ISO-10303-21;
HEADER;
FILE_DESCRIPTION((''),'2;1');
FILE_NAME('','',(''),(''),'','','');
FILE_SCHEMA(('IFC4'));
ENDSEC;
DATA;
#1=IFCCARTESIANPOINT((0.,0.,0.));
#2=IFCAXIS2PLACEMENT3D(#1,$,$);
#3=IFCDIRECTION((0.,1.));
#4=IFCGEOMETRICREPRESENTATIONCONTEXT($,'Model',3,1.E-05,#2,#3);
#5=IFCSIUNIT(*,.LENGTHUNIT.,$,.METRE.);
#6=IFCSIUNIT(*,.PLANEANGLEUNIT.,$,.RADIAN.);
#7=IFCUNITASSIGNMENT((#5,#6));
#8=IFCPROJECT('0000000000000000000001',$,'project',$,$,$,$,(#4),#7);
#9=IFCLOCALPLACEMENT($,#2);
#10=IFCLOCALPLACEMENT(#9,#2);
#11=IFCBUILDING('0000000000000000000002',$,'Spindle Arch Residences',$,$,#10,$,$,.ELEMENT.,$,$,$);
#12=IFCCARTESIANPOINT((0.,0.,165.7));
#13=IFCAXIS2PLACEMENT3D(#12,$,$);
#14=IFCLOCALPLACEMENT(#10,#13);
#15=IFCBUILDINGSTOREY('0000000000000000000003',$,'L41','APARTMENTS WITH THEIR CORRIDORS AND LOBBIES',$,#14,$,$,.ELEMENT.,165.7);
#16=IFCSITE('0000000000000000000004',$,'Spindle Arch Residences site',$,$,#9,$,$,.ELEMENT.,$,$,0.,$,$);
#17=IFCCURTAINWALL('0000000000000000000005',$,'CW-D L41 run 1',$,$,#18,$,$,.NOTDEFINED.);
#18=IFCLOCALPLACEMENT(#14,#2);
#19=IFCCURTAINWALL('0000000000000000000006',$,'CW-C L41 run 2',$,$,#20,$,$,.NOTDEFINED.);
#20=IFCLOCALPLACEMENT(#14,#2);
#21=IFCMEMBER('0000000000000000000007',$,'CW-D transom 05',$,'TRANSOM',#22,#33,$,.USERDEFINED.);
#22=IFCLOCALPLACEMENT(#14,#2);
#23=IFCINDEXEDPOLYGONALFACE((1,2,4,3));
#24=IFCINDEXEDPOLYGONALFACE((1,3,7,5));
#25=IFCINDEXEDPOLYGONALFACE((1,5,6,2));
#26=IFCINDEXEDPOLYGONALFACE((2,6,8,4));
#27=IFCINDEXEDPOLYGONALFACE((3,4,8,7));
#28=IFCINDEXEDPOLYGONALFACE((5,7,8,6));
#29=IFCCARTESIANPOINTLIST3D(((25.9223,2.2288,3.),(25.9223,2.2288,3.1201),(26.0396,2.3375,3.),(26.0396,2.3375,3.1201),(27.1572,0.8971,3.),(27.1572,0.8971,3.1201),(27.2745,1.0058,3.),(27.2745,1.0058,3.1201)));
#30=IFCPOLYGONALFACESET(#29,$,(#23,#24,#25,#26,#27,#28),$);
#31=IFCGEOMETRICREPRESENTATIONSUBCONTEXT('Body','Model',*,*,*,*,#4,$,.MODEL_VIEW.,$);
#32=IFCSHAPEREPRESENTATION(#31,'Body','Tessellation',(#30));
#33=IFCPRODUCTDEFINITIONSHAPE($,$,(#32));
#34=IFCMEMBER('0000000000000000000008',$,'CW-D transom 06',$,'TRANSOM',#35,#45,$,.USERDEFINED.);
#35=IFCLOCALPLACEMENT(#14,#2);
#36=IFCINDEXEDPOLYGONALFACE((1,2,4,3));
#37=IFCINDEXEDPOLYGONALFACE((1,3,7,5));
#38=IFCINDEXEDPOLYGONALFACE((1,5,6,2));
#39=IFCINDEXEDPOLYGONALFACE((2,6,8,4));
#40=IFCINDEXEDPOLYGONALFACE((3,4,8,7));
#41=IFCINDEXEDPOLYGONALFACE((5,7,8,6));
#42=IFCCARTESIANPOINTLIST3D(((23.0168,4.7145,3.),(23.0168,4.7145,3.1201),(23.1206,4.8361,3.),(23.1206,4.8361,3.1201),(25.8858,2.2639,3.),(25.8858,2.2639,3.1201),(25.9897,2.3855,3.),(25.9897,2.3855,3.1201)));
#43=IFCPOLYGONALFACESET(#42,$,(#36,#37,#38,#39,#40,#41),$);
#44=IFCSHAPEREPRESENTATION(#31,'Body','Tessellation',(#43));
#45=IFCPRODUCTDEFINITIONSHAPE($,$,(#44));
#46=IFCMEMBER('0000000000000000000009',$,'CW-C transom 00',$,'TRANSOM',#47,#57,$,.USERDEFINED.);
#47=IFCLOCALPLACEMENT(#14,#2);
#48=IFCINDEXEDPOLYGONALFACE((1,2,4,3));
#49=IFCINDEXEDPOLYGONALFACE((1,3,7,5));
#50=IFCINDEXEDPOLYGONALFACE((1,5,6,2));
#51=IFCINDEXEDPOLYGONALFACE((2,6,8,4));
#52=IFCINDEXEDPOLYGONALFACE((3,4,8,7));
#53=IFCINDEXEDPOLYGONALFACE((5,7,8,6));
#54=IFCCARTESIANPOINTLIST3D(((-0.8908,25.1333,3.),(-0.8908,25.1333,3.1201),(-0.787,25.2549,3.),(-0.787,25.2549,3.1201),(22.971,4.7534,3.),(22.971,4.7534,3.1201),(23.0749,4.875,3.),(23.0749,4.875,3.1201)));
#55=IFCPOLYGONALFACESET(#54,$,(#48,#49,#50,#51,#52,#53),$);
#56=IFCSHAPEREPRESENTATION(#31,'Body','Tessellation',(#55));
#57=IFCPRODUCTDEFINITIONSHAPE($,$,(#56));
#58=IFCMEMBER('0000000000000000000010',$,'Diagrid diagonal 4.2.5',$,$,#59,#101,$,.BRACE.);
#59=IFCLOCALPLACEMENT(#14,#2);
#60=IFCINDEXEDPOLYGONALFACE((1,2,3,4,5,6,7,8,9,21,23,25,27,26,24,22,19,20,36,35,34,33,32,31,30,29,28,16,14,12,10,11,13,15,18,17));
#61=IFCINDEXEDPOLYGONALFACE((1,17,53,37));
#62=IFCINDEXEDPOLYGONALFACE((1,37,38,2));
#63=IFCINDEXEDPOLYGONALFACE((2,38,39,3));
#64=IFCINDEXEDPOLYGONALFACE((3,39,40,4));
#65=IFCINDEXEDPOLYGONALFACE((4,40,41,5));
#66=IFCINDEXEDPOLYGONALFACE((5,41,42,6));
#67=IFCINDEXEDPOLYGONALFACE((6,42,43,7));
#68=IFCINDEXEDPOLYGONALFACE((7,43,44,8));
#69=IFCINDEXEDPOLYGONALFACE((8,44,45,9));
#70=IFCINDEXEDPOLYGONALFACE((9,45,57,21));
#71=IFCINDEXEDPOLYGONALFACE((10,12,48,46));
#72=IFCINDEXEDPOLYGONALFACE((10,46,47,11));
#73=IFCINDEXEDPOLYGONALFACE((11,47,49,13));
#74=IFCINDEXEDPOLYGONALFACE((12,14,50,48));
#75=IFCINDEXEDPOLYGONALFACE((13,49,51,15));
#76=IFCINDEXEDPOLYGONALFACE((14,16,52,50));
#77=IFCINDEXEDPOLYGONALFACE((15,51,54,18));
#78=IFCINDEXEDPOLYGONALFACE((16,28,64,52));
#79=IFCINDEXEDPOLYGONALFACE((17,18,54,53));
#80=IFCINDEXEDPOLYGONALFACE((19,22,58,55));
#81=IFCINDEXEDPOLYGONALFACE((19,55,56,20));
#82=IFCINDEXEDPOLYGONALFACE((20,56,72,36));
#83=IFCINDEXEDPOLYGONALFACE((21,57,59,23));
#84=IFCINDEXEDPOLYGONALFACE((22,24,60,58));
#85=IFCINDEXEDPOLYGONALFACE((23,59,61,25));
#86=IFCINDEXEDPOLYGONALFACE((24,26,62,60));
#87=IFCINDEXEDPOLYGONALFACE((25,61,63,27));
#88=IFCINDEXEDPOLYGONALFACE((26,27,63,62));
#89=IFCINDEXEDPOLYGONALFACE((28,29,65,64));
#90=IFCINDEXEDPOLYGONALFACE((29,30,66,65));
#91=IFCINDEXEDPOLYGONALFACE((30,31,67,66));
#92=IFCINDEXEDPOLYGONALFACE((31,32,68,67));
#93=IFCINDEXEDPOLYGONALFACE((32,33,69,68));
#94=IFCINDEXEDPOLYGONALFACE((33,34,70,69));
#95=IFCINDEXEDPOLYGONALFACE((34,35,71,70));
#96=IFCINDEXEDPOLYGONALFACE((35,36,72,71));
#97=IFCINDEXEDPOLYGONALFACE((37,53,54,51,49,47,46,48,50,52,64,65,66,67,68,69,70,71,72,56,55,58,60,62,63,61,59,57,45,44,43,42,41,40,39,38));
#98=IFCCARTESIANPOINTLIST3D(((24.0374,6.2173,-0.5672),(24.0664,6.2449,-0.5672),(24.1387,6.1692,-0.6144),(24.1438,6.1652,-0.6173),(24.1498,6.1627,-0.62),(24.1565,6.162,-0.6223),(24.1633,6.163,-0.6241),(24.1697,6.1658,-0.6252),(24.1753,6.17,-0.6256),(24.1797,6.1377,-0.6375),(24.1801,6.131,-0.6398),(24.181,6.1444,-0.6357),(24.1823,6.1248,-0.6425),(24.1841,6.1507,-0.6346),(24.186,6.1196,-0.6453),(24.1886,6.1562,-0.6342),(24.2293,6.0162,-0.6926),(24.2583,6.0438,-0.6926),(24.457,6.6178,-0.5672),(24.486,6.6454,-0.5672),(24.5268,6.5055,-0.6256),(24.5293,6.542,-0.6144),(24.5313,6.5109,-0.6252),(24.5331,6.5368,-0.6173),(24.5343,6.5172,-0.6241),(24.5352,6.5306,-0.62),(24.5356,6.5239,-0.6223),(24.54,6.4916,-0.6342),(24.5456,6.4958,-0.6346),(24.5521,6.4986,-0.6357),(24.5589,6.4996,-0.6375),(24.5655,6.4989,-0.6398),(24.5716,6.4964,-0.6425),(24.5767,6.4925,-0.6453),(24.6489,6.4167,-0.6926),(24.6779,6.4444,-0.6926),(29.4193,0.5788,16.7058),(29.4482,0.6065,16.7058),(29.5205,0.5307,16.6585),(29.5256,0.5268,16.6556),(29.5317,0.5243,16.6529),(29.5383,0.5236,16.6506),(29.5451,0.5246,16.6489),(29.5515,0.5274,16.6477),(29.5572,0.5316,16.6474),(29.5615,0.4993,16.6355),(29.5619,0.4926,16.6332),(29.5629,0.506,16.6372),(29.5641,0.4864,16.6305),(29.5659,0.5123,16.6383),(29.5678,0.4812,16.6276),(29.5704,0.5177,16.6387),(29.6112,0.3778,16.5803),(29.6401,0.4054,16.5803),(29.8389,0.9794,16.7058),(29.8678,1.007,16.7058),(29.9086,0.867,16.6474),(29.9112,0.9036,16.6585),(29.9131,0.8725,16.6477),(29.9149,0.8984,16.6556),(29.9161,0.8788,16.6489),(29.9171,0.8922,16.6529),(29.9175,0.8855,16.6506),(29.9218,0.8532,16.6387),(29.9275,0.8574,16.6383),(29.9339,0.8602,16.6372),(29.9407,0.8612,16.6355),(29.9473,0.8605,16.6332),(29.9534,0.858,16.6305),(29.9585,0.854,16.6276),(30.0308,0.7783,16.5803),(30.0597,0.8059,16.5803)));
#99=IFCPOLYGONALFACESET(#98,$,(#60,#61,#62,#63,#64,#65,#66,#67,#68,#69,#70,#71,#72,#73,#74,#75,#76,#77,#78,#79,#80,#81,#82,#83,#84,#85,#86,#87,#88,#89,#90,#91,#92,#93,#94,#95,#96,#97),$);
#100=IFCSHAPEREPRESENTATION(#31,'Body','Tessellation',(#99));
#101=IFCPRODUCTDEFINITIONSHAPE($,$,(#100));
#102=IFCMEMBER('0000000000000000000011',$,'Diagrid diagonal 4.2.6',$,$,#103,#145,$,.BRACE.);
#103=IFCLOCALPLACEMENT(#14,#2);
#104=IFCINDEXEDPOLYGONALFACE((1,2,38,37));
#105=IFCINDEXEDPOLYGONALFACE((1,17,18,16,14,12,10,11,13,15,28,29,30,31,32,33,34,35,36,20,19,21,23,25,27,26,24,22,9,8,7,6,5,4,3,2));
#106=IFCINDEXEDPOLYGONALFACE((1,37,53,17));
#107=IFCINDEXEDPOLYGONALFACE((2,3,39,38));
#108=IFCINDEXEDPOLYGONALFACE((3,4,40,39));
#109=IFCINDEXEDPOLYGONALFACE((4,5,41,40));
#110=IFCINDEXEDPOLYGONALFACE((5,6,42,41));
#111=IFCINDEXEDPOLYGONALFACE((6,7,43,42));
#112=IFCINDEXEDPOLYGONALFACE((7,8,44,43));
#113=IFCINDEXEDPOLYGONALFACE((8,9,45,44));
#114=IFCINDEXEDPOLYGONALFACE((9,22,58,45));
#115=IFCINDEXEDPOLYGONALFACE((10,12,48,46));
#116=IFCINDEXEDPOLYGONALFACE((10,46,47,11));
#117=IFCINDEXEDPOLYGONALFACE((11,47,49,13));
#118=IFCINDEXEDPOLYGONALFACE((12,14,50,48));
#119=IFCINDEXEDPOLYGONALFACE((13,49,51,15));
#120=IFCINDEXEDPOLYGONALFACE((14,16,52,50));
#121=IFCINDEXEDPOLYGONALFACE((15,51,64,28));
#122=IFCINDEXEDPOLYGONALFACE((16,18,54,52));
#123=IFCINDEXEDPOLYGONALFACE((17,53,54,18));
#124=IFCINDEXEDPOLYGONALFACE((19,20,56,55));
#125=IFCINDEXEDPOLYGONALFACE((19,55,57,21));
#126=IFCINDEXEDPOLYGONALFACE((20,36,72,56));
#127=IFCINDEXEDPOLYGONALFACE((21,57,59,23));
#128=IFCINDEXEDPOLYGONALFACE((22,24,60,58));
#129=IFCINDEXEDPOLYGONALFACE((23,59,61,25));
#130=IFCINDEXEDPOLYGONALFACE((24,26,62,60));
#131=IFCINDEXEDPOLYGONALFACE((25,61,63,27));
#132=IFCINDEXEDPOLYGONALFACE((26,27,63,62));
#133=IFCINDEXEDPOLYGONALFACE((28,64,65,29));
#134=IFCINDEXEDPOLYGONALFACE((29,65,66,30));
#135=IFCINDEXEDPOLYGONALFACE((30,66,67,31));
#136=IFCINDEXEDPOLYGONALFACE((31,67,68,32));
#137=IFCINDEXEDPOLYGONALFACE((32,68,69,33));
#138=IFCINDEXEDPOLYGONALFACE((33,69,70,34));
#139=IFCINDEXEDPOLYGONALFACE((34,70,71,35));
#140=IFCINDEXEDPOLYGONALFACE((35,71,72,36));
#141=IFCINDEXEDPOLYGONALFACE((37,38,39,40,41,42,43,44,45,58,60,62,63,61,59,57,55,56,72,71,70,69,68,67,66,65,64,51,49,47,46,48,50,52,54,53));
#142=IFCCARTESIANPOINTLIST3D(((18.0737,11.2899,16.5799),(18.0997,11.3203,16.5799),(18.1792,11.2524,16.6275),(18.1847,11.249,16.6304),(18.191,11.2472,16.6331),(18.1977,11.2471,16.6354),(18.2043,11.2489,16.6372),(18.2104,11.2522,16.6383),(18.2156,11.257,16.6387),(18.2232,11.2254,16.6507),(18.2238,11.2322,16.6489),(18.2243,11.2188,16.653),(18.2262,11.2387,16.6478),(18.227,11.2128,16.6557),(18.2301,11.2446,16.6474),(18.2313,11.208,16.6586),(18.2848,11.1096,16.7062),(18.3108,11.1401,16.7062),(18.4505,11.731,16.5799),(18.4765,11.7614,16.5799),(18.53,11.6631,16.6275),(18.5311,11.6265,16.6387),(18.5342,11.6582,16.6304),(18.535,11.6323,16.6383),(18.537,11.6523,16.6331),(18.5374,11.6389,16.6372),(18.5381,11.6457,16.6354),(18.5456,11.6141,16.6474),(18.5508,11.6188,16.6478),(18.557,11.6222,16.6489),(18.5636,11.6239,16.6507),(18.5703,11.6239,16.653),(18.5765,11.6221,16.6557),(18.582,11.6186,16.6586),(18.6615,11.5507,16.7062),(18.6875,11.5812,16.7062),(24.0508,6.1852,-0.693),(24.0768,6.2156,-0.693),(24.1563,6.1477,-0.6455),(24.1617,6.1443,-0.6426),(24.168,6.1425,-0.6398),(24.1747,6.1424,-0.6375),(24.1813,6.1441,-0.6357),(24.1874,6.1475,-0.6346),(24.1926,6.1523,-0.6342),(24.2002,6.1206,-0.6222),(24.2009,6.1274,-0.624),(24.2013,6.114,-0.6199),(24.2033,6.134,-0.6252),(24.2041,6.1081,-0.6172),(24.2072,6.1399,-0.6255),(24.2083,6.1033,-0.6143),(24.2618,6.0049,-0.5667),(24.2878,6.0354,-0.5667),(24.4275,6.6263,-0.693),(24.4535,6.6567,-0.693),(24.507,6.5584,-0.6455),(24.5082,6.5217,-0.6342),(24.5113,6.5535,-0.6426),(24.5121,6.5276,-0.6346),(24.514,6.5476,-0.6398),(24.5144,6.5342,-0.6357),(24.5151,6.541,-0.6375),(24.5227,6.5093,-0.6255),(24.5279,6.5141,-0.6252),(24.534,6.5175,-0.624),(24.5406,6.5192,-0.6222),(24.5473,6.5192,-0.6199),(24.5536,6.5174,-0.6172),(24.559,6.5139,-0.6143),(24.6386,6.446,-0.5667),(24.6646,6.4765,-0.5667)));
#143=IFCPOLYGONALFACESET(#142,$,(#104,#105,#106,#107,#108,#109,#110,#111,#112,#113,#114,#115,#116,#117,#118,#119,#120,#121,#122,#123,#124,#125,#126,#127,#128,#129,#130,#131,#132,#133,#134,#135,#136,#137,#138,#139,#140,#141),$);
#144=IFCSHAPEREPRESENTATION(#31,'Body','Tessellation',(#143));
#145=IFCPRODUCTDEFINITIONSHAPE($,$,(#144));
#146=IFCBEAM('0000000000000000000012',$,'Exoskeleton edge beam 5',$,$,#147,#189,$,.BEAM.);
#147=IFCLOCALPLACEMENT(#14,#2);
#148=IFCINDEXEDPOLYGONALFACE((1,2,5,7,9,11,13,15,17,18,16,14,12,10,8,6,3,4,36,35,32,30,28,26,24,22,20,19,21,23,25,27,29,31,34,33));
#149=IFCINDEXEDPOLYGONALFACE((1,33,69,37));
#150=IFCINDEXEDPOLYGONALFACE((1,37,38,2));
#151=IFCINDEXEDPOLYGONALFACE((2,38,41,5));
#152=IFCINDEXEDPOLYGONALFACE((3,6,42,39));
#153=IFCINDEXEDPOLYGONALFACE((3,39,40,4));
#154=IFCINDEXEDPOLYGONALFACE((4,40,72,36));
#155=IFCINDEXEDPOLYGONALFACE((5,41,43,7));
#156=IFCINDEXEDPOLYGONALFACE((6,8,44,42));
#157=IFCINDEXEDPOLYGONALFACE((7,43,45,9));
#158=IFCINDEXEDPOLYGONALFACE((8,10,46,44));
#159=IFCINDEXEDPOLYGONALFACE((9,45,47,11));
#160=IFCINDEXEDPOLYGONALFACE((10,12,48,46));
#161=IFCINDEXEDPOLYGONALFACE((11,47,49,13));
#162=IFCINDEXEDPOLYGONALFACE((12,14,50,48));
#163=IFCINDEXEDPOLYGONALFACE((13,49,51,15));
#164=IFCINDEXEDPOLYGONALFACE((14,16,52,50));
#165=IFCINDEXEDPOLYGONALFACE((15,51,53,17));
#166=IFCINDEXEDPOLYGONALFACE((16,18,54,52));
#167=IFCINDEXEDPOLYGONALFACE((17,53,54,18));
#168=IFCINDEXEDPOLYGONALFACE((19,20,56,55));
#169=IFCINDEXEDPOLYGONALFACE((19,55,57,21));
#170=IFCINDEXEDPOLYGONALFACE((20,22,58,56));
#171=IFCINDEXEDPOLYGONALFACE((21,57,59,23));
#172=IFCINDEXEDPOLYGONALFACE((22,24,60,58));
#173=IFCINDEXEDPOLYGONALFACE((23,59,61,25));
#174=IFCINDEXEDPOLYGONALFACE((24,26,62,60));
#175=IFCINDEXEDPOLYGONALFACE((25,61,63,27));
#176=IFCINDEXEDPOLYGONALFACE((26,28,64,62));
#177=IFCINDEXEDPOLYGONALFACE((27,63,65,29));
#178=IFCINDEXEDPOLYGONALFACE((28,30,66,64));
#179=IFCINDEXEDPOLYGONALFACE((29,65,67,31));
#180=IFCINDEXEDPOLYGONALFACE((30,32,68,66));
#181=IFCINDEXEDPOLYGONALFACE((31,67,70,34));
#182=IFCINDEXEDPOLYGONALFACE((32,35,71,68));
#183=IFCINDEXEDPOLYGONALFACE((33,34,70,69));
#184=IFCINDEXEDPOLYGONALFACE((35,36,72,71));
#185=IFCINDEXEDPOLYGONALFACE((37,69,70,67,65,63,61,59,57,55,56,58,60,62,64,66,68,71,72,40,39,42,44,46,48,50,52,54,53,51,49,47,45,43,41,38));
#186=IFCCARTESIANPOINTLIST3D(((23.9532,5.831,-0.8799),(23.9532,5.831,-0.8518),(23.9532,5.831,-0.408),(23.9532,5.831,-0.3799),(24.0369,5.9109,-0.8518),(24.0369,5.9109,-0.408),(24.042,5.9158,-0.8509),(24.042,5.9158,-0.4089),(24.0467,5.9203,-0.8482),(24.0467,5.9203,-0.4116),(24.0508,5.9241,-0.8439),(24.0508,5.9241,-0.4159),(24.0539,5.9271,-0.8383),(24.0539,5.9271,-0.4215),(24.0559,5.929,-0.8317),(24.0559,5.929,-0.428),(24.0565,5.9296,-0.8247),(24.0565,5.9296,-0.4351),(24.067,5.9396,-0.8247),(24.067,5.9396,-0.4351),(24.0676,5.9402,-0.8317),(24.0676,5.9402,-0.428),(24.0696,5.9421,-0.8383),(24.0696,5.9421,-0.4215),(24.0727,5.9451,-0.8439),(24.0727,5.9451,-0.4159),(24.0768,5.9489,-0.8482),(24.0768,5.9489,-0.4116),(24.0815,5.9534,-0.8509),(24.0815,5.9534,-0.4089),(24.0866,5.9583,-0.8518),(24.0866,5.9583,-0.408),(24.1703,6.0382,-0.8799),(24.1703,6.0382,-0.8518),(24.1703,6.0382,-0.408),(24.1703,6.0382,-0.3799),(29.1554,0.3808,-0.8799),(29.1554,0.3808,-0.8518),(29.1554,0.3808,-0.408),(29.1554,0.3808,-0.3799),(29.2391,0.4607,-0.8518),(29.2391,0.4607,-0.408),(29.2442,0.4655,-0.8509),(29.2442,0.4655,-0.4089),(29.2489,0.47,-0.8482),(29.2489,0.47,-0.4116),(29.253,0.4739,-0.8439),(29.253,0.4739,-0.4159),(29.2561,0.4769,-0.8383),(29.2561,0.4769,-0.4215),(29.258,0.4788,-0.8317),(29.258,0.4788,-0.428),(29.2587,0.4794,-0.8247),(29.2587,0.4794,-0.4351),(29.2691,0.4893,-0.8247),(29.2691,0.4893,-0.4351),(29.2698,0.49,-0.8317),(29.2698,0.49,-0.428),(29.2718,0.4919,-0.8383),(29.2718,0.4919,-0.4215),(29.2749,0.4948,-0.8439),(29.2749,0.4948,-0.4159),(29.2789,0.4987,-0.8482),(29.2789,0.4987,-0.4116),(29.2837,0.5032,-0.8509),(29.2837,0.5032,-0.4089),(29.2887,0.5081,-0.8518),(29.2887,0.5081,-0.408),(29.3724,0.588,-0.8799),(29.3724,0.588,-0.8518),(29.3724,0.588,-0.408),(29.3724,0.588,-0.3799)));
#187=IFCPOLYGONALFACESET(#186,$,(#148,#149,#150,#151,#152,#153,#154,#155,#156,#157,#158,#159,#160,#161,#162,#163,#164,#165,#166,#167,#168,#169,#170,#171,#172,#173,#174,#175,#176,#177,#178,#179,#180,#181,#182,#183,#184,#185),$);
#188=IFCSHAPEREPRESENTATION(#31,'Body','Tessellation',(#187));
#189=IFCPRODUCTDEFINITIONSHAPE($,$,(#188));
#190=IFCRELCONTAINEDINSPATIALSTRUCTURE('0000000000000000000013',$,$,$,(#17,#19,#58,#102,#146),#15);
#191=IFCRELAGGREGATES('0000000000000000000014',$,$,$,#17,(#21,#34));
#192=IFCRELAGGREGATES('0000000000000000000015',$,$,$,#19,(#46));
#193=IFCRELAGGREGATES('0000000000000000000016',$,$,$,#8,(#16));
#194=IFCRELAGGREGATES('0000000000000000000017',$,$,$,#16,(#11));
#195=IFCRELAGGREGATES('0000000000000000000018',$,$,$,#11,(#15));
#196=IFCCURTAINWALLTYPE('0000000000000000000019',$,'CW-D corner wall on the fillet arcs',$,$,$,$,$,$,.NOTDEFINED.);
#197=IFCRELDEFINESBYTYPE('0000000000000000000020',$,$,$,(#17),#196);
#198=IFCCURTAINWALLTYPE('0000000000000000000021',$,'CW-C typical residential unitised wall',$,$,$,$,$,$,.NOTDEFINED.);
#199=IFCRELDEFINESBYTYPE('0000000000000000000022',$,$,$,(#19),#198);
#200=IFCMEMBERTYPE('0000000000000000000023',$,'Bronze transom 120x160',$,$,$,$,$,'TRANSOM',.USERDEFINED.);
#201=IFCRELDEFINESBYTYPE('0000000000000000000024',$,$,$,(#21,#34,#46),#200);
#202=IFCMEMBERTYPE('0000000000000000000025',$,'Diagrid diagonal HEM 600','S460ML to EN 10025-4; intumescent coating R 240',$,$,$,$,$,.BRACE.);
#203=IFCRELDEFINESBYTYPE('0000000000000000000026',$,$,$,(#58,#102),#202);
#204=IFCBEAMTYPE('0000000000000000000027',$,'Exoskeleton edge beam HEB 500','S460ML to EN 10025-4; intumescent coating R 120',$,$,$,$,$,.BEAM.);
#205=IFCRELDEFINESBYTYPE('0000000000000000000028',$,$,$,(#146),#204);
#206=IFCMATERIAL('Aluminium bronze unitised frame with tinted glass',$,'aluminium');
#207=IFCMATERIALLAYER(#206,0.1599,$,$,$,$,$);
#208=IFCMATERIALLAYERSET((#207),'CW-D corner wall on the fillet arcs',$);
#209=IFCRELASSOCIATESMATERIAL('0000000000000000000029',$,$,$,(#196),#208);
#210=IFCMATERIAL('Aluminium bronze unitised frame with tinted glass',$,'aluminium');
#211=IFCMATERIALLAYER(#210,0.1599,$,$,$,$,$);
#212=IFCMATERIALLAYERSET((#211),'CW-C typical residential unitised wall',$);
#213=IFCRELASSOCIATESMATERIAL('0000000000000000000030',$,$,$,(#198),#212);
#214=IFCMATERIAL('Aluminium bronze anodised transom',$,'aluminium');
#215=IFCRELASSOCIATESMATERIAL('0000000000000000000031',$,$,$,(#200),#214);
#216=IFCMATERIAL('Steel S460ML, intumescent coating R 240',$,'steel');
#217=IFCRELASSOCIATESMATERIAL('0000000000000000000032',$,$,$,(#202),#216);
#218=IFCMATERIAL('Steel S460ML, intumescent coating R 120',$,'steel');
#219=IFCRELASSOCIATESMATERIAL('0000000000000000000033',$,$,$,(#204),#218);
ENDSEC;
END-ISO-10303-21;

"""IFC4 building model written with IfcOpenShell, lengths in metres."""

from ifc_helpers import new_model, si_unit, direction, frame, origin, origin_2d, place, context, subcontext, project, spatial, rectangle, i_section, extrude, material, layer, layer_set, material_profile, profile_set, type_object, element, aggregate, save


model = new_model("IFC4")

# Units and contexts
model_context = context("Model", 3, precision=1e-05, world=origin(), true_north=direction((0.0, 1.0)))
body_context = subcontext(model_context, "Body", "Model", "MODEL_VIEW")
ifc_project = project(units=[si_unit("LENGTHUNIT", "METRE"), si_unit("PLANEANGLEUNIT", "RADIAN")], contexts=[model_context])

# Site, building, storey
site_placement = place(None, origin())
site = spatial("IfcSite", under=ifc_project, at=site_placement, Name="Spindle Arch Residences site", CompositionType="ELEMENT", RefElevation=0.0)
building_placement = place(site_placement, origin())
building = spatial("IfcBuilding", under=site, at=building_placement, Name="Spindle Arch Residences", CompositionType="ELEMENT")
storey_placement = place(building_placement, frame((0.0, 0.0, 165.7)))
storey = spatial("IfcBuildingStorey", under=building, at=storey_placement, Name="L41", Description="APARTMENTS WITH THEIR CORRIDORS AND LOBBIES", CompositionType="ELEMENT", Elevation=165.7)

# Curtain walls
ifc_material_1 = material(Name="Aluminium bronze unitised frame with tinted glass", Category="aluminium")
ifc_layer_1 = layer(ifc_material_1, 0.1599)
ifc_layer_set_1 = layer_set([ifc_layer_1], Name="CW-D corner wall on the fillet arcs")
curtain_wall_type_1 = type_object("IfcCurtainWallType", Name="CW-D corner wall on the fillet arcs", PredefinedType="NOTDEFINED", material=ifc_layer_set_1)
curtain_wall_1_placement = place(storey_placement, origin())
curtain_wall_1 = element("IfcCurtainWall", 1, at=curtain_wall_1_placement, inside=storey, type_object=curtain_wall_type_1, Name="CW-D L41 run 1", PredefinedType="NOTDEFINED")
ifc_material_2 = material(Name="Aluminium bronze unitised frame with tinted glass", Category="aluminium")
ifc_layer_2 = layer(ifc_material_2, 0.1599)
ifc_layer_set_2 = layer_set([ifc_layer_2], Name="CW-C typical residential unitised wall")
curtain_wall_type_2 = type_object("IfcCurtainWallType", Name="CW-C typical residential unitised wall", PredefinedType="NOTDEFINED", material=ifc_layer_set_2)
curtain_wall_2_placement = place(storey_placement, origin())
curtain_wall_2 = element("IfcCurtainWall", 2, at=curtain_wall_2_placement, inside=storey, type_object=curtain_wall_type_2, Name="CW-C L41 run 2", PredefinedType="NOTDEFINED")

# Members
ifc_material_3 = material(Name="Aluminium bronze anodised transom", Category="aluminium")
ifc_material_profile_1 = material_profile(ifc_material_3, rectangle(XDim=0.1599, YDim=0.1201, at=origin_2d()), Name="TR 120x160")
ifc_profile_set_1 = profile_set([ifc_material_profile_1], Name="Aluminium bronze anodised transom")
member_type_1 = type_object("IfcMemberType", Name="Bronze transom 120x160", ElementType="TRANSOM", PredefinedType="USERDEFINED", material=ifc_profile_set_1)
member_1_placement = place(storey_placement, frame((27.2158, 0.9514, 3.0601), z_axis=(-0.67992, 0.733286, 0.0), x_axis=(-0.733286, -0.67992, 0.0)))
member_1 = element("IfcMember", 3, at=member_1_placement, type_object=member_type_1, Name="CW-D transom 05", ObjectType="TRANSOM", PredefinedType="USERDEFINED", context=body_context, shape_type="SweptSolid", body=[
    extrude(rectangle(XDim=0.1599, YDim=0.1201, at=origin_2d()), origin(), (0.0, 0.0, 1.0), 1.8162),
])
member_2_placement = place(storey_placement, frame((25.9377, 2.3247, 3.0601), z_axis=(-0.760379, 0.64948, 0.0), x_axis=(-0.64948, -0.760379, 0.0)))
member_2 = element("IfcMember", 4, at=member_2_placement, type_object=member_type_1, Name="CW-D transom 06", ObjectType="TRANSOM", PredefinedType="USERDEFINED", context=body_context, shape_type="SweptSolid", body=[
    extrude(rectangle(XDim=0.1599, YDim=0.1201, at=origin_2d()), origin(), (0.0, 0.0, 1.0), 3.7732),
])
member_3_placement = place(storey_placement, frame((23.0229, 4.8142, 3.0601), z_axis=(-0.760406, 0.649447, 0.0), x_axis=(-0.649447, -0.760406, 0.0)))
member_3 = element("IfcMember", 5, at=member_3_placement, type_object=member_type_1, Name="CW-C transom 00", ObjectType="TRANSOM", PredefinedType="USERDEFINED", context=body_context, shape_type="SweptSolid", body=[
    extrude(rectangle(XDim=0.1599, YDim=0.1201, at=origin_2d()), origin(), (0.0, 0.0, 1.0), 31.3804),
])

# Members
ifc_material_4 = material(Name="Steel S460ML, intumescent coating R 240", Category="steel")
ifc_material_profile_2 = material_profile(ifc_material_4, i_section(OverallWidth=0.3049, OverallDepth=0.6201, WebThickness=0.021, FlangeThickness=0.04, FilletRadius=0.0271, at=origin_2d()), Name="HEM 600")
ifc_profile_set_2 = profile_set([ifc_material_profile_2], Name="Steel S460ML, intumescent coating R 240")
member_type_2 = type_object("IfcMemberType", Name="Diagrid diagonal HEM 600", Description="S460ML to EN 10025-4; intumescent coating R 240", PredefinedType="BRACE", material=ifc_profile_set_2)
member_4_placement = place(storey_placement, frame((24.3577, 6.3308, -0.6299), z_axis=(0.283999, -0.297539, 0.911491), x_axis=(-0.629344, 0.659349, 0.411321)))
element("IfcMember", 6, at=member_4_placement, inside=storey, type_object=member_type_2, Name="Diagrid diagonal 4.2.5", PredefinedType="BRACE", context=body_context, shape_type="SweptSolid", body=[
    extrude(i_section(OverallWidth=0.3049, OverallDepth=0.6201, WebThickness=0.021, FlangeThickness=0.04, FilletRadius=0.0271, at=origin_2d()), origin(), (0.0, 0.0, 1.0), 18.9502),
])
member_5_placement = place(storey_placement, frame((24.3577, 6.3308, -0.6299), z_axis=(-0.314958, 0.268992, 0.91019), x_axis=(0.692122, -0.591111, 0.414192)))
element("IfcMember", 7, at=member_5_placement, inside=storey, type_object=member_type_2, Name="Diagrid diagonal 4.2.6", PredefinedType="BRACE", context=body_context, shape_type="SweptSolid", body=[
    extrude(i_section(OverallWidth=0.3049, OverallDepth=0.6201, WebThickness=0.021, FlangeThickness=0.04, FilletRadius=0.0271, at=origin_2d()), origin(), (0.0, 0.0, 1.0), 18.9773),
])

# Beam
ifc_material_5 = material(Name="Steel S460ML, intumescent coating R 120", Category="steel")
ifc_material_profile_3 = material_profile(ifc_material_5, i_section(OverallWidth=0.3, OverallDepth=0.5, WebThickness=0.0144, FlangeThickness=0.0281, FilletRadius=0.0271, at=origin_2d()), Name="HEB 500")
ifc_profile_set_3 = profile_set([ifc_material_profile_3], Name="Steel S460ML, intumescent coating R 120")
beam_type_1 = type_object("IfcBeamType", Name="Exoskeleton edge beam HEB 500", Description="S460ML to EN 10025-4; intumescent coating R 120", PredefinedType="BEAM", material=ifc_profile_set_3)
beam_1_placement = place(storey_placement, frame((29.2639, 0.4844, -0.6299), z_axis=(-0.690454, 0.723376, 0.0), x_axis=(-0.723376, -0.690454, 0.0)))
element("IfcBeam", 8, at=beam_1_placement, inside=storey, type_object=beam_type_1, Name="Exoskeleton edge beam 5", PredefinedType="BEAM", context=body_context, shape_type="SweptSolid", body=[
    extrude(i_section(OverallWidth=0.3, OverallDepth=0.5, WebThickness=0.0144, FlangeThickness=0.0281, FilletRadius=0.0271, at=origin_2d()), origin(), (0.0, 0.0, 1.0), 7.5344),
])

aggregate(curtain_wall_1, [member_1, member_2])
aggregate(curtain_wall_2, [member_3])

save(model, "model.ifc")
